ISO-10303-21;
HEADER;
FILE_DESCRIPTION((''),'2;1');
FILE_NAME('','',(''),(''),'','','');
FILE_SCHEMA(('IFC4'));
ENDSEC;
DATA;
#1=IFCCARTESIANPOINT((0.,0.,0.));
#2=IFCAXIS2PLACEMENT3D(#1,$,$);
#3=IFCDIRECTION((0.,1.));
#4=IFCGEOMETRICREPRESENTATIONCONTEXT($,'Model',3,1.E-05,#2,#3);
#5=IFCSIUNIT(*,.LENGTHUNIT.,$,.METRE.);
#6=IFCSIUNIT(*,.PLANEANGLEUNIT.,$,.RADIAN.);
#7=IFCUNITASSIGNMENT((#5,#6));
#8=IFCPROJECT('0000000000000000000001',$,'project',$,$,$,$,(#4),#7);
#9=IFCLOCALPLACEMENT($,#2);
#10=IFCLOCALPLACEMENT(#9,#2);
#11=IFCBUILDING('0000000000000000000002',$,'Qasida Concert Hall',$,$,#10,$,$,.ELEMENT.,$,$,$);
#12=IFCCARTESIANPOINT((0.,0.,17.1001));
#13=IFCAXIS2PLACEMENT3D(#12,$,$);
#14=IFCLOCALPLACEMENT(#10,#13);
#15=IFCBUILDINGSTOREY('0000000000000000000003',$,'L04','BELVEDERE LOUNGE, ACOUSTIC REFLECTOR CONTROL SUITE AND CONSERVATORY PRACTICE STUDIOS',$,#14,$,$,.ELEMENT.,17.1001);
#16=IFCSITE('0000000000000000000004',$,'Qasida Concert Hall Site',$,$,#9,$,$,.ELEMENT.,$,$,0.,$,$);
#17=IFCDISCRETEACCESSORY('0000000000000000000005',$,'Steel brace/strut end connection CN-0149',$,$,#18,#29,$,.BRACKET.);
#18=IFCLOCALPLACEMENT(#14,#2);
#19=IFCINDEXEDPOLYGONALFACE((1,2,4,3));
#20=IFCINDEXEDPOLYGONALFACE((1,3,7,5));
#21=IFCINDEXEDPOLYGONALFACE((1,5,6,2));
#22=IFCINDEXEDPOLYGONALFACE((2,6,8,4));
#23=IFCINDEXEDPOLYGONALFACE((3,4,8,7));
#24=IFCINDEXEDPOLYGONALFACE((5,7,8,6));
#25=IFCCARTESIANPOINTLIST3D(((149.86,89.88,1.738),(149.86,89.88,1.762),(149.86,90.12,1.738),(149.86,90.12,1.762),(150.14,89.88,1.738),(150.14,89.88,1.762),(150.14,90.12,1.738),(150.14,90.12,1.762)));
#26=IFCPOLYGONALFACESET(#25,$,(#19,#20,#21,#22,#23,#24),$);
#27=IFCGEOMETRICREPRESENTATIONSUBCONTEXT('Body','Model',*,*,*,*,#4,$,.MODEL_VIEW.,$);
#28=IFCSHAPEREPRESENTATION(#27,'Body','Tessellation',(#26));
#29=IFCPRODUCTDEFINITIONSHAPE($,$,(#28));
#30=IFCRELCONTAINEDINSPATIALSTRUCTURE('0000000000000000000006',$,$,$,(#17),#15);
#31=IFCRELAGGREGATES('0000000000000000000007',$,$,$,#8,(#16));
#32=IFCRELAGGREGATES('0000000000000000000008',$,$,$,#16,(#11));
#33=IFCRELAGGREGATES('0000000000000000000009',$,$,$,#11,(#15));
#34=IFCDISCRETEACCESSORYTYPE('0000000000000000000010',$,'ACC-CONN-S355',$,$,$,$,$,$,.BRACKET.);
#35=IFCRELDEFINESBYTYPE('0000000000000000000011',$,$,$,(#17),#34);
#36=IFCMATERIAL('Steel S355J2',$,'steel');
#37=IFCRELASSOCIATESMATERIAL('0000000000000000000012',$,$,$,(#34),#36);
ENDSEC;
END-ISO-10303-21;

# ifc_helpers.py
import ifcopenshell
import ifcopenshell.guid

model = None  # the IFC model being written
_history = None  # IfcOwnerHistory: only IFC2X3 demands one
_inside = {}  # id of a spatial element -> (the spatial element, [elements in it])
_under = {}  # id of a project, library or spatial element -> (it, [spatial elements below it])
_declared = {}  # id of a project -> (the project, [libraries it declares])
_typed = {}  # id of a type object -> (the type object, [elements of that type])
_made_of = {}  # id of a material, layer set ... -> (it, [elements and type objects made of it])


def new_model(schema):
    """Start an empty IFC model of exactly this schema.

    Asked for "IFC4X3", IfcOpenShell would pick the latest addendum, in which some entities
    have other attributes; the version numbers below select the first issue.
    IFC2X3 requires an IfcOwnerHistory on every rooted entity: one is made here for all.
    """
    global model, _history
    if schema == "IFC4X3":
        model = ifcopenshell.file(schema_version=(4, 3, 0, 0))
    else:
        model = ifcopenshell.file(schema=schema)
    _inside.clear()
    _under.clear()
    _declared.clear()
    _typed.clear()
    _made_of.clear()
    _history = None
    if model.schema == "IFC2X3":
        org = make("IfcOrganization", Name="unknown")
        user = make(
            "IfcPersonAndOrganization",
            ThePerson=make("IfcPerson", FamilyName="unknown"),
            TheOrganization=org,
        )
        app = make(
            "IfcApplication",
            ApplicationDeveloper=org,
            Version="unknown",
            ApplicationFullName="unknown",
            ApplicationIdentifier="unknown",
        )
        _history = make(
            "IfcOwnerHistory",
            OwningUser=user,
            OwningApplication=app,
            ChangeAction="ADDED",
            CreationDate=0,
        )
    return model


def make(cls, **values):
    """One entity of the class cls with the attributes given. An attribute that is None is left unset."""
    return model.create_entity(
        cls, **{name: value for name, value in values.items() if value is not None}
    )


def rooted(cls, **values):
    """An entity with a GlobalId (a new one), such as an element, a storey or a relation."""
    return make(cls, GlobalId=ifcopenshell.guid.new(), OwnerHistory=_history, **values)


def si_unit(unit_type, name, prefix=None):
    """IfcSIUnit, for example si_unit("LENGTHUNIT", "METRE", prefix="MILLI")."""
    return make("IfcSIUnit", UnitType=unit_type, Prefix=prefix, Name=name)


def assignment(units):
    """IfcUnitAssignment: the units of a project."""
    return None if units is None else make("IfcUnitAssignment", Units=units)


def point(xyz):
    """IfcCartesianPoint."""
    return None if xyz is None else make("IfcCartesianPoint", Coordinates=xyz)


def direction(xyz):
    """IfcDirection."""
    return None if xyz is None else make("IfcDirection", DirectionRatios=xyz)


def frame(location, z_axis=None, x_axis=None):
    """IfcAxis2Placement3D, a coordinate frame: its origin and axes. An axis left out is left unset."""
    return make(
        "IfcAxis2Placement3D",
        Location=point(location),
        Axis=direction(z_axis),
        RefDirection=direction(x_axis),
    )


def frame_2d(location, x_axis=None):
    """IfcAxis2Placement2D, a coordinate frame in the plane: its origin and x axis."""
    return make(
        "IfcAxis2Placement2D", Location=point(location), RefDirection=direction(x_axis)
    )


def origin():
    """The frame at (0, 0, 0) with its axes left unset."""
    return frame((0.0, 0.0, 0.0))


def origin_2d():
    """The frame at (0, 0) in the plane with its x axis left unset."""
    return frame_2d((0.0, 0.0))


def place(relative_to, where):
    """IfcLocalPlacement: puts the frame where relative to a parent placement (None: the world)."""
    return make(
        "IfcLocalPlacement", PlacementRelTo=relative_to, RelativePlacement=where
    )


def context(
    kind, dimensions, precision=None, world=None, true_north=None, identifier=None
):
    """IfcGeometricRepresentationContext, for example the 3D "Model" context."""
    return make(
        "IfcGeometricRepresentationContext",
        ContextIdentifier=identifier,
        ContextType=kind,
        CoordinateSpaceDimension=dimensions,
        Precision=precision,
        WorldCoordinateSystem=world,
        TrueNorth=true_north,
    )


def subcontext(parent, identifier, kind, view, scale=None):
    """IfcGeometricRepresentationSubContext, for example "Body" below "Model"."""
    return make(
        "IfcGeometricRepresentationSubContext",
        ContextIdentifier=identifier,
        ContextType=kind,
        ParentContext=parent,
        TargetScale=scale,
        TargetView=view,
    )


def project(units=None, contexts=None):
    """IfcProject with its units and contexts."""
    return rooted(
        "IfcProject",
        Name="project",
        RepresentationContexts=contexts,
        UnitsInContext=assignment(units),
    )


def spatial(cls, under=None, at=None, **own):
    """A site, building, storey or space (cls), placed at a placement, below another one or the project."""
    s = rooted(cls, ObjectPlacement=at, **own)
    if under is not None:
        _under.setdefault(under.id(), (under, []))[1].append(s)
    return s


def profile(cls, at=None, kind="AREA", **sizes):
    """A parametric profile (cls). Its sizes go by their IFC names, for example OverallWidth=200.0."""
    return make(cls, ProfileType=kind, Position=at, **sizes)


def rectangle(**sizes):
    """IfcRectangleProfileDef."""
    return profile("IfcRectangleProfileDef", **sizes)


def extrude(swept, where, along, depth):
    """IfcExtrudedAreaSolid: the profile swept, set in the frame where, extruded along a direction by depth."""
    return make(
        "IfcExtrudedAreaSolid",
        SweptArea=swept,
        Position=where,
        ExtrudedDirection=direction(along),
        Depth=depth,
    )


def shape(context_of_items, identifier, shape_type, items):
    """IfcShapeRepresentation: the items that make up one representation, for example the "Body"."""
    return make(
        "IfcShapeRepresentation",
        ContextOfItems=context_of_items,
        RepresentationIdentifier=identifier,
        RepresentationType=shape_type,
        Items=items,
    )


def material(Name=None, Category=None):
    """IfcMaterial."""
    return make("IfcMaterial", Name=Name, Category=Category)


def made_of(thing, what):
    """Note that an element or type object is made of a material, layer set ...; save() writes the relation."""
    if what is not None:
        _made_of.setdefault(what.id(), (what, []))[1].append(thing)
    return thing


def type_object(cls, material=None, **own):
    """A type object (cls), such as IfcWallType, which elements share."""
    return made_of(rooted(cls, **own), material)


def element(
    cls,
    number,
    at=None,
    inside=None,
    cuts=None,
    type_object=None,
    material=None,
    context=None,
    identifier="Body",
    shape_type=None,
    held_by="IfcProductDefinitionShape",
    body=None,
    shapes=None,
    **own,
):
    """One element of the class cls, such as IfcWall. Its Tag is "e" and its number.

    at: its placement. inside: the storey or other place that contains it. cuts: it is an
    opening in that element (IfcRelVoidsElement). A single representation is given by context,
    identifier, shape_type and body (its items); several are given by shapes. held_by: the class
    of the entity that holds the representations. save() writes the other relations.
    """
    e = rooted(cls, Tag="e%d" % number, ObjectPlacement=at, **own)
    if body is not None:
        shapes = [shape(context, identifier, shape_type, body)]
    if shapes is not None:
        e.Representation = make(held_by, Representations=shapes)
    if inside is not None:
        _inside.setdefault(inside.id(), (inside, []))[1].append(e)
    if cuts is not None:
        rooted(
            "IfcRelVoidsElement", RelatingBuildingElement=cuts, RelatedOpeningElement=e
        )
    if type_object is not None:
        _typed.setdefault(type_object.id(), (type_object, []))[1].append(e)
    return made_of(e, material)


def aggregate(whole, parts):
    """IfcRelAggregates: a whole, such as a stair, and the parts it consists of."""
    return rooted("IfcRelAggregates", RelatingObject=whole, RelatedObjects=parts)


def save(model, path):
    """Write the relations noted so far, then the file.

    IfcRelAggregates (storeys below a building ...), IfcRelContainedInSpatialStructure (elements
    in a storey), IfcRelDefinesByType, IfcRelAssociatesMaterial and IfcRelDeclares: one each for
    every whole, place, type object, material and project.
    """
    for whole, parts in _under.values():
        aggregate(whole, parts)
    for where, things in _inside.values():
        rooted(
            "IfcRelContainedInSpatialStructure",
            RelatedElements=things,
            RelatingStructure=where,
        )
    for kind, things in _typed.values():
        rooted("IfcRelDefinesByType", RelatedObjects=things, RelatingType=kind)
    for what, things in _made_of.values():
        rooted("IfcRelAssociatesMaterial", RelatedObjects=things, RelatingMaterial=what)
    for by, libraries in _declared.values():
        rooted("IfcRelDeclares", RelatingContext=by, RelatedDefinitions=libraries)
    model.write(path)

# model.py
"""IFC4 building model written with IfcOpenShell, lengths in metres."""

from ifc_helpers import new_model, si_unit, direction, frame, origin, origin_2d, place, context, subcontext, project, spatial, rectangle, extrude, material, type_object, element, save


model = new_model("IFC4")

# Units and contexts
model_context = context("Model", 3, precision=1e-05, world=origin(), true_north=direction((0.0, 1.0)))
body_context = subcontext(model_context, "Body", "Model", "MODEL_VIEW")
ifc_project = project(units=[si_unit("LENGTHUNIT", "METRE"), si_unit("PLANEANGLEUNIT", "RADIAN")], contexts=[model_context])

# Site, building, storey
site_placement = place(None, origin())
site = spatial("IfcSite", under=ifc_project, at=site_placement, Name="Qasida Concert Hall Site", CompositionType="ELEMENT", RefElevation=0.0)
building_placement = place(site_placement, origin())
building = spatial("IfcBuilding", under=site, at=building_placement, Name="Qasida Concert Hall", CompositionType="ELEMENT")
storey_placement = place(building_placement, frame((0.0, 0.0, 17.1001)))
storey = spatial("IfcBuildingStorey", under=building, at=storey_placement, Name="L04", Description="BELVEDERE LOUNGE, ACOUSTIC REFLECTOR CONTROL SUITE AND CONSERVATORY PRACTICE STUDIOS", CompositionType="ELEMENT", Elevation=17.1001)

# Shared definitions
ifc_material = material(Name="Steel S355J2", Category="steel")

# Discrete accessory
discrete_accessory_type = type_object("IfcDiscreteAccessoryType", Name="ACC-CONN-S355", PredefinedType="BRACKET", material=ifc_material)
for number, where, z_axis, x_axis, name in (
    (1, (150.0, 90.0, 1.738), (0.0, 0.0, 1.0), (1.0, 0.0, 0.0), "Steel brace/strut end connection CN-0149"),
):
    element("IfcDiscreteAccessory", number, at=place(storey_placement, frame(where, z_axis=z_axis, x_axis=x_axis)), inside=storey, type_object=discrete_accessory_type, Name=name, PredefinedType="BRACKET", context=body_context, shape_type="SweptSolid", body=[
        extrude(rectangle(XDim=0.28, YDim=0.24, at=origin_2d()), origin(), (0.0, 0.0, 1.0), 0.0239),
    ])

save(model, "model.ifc")
